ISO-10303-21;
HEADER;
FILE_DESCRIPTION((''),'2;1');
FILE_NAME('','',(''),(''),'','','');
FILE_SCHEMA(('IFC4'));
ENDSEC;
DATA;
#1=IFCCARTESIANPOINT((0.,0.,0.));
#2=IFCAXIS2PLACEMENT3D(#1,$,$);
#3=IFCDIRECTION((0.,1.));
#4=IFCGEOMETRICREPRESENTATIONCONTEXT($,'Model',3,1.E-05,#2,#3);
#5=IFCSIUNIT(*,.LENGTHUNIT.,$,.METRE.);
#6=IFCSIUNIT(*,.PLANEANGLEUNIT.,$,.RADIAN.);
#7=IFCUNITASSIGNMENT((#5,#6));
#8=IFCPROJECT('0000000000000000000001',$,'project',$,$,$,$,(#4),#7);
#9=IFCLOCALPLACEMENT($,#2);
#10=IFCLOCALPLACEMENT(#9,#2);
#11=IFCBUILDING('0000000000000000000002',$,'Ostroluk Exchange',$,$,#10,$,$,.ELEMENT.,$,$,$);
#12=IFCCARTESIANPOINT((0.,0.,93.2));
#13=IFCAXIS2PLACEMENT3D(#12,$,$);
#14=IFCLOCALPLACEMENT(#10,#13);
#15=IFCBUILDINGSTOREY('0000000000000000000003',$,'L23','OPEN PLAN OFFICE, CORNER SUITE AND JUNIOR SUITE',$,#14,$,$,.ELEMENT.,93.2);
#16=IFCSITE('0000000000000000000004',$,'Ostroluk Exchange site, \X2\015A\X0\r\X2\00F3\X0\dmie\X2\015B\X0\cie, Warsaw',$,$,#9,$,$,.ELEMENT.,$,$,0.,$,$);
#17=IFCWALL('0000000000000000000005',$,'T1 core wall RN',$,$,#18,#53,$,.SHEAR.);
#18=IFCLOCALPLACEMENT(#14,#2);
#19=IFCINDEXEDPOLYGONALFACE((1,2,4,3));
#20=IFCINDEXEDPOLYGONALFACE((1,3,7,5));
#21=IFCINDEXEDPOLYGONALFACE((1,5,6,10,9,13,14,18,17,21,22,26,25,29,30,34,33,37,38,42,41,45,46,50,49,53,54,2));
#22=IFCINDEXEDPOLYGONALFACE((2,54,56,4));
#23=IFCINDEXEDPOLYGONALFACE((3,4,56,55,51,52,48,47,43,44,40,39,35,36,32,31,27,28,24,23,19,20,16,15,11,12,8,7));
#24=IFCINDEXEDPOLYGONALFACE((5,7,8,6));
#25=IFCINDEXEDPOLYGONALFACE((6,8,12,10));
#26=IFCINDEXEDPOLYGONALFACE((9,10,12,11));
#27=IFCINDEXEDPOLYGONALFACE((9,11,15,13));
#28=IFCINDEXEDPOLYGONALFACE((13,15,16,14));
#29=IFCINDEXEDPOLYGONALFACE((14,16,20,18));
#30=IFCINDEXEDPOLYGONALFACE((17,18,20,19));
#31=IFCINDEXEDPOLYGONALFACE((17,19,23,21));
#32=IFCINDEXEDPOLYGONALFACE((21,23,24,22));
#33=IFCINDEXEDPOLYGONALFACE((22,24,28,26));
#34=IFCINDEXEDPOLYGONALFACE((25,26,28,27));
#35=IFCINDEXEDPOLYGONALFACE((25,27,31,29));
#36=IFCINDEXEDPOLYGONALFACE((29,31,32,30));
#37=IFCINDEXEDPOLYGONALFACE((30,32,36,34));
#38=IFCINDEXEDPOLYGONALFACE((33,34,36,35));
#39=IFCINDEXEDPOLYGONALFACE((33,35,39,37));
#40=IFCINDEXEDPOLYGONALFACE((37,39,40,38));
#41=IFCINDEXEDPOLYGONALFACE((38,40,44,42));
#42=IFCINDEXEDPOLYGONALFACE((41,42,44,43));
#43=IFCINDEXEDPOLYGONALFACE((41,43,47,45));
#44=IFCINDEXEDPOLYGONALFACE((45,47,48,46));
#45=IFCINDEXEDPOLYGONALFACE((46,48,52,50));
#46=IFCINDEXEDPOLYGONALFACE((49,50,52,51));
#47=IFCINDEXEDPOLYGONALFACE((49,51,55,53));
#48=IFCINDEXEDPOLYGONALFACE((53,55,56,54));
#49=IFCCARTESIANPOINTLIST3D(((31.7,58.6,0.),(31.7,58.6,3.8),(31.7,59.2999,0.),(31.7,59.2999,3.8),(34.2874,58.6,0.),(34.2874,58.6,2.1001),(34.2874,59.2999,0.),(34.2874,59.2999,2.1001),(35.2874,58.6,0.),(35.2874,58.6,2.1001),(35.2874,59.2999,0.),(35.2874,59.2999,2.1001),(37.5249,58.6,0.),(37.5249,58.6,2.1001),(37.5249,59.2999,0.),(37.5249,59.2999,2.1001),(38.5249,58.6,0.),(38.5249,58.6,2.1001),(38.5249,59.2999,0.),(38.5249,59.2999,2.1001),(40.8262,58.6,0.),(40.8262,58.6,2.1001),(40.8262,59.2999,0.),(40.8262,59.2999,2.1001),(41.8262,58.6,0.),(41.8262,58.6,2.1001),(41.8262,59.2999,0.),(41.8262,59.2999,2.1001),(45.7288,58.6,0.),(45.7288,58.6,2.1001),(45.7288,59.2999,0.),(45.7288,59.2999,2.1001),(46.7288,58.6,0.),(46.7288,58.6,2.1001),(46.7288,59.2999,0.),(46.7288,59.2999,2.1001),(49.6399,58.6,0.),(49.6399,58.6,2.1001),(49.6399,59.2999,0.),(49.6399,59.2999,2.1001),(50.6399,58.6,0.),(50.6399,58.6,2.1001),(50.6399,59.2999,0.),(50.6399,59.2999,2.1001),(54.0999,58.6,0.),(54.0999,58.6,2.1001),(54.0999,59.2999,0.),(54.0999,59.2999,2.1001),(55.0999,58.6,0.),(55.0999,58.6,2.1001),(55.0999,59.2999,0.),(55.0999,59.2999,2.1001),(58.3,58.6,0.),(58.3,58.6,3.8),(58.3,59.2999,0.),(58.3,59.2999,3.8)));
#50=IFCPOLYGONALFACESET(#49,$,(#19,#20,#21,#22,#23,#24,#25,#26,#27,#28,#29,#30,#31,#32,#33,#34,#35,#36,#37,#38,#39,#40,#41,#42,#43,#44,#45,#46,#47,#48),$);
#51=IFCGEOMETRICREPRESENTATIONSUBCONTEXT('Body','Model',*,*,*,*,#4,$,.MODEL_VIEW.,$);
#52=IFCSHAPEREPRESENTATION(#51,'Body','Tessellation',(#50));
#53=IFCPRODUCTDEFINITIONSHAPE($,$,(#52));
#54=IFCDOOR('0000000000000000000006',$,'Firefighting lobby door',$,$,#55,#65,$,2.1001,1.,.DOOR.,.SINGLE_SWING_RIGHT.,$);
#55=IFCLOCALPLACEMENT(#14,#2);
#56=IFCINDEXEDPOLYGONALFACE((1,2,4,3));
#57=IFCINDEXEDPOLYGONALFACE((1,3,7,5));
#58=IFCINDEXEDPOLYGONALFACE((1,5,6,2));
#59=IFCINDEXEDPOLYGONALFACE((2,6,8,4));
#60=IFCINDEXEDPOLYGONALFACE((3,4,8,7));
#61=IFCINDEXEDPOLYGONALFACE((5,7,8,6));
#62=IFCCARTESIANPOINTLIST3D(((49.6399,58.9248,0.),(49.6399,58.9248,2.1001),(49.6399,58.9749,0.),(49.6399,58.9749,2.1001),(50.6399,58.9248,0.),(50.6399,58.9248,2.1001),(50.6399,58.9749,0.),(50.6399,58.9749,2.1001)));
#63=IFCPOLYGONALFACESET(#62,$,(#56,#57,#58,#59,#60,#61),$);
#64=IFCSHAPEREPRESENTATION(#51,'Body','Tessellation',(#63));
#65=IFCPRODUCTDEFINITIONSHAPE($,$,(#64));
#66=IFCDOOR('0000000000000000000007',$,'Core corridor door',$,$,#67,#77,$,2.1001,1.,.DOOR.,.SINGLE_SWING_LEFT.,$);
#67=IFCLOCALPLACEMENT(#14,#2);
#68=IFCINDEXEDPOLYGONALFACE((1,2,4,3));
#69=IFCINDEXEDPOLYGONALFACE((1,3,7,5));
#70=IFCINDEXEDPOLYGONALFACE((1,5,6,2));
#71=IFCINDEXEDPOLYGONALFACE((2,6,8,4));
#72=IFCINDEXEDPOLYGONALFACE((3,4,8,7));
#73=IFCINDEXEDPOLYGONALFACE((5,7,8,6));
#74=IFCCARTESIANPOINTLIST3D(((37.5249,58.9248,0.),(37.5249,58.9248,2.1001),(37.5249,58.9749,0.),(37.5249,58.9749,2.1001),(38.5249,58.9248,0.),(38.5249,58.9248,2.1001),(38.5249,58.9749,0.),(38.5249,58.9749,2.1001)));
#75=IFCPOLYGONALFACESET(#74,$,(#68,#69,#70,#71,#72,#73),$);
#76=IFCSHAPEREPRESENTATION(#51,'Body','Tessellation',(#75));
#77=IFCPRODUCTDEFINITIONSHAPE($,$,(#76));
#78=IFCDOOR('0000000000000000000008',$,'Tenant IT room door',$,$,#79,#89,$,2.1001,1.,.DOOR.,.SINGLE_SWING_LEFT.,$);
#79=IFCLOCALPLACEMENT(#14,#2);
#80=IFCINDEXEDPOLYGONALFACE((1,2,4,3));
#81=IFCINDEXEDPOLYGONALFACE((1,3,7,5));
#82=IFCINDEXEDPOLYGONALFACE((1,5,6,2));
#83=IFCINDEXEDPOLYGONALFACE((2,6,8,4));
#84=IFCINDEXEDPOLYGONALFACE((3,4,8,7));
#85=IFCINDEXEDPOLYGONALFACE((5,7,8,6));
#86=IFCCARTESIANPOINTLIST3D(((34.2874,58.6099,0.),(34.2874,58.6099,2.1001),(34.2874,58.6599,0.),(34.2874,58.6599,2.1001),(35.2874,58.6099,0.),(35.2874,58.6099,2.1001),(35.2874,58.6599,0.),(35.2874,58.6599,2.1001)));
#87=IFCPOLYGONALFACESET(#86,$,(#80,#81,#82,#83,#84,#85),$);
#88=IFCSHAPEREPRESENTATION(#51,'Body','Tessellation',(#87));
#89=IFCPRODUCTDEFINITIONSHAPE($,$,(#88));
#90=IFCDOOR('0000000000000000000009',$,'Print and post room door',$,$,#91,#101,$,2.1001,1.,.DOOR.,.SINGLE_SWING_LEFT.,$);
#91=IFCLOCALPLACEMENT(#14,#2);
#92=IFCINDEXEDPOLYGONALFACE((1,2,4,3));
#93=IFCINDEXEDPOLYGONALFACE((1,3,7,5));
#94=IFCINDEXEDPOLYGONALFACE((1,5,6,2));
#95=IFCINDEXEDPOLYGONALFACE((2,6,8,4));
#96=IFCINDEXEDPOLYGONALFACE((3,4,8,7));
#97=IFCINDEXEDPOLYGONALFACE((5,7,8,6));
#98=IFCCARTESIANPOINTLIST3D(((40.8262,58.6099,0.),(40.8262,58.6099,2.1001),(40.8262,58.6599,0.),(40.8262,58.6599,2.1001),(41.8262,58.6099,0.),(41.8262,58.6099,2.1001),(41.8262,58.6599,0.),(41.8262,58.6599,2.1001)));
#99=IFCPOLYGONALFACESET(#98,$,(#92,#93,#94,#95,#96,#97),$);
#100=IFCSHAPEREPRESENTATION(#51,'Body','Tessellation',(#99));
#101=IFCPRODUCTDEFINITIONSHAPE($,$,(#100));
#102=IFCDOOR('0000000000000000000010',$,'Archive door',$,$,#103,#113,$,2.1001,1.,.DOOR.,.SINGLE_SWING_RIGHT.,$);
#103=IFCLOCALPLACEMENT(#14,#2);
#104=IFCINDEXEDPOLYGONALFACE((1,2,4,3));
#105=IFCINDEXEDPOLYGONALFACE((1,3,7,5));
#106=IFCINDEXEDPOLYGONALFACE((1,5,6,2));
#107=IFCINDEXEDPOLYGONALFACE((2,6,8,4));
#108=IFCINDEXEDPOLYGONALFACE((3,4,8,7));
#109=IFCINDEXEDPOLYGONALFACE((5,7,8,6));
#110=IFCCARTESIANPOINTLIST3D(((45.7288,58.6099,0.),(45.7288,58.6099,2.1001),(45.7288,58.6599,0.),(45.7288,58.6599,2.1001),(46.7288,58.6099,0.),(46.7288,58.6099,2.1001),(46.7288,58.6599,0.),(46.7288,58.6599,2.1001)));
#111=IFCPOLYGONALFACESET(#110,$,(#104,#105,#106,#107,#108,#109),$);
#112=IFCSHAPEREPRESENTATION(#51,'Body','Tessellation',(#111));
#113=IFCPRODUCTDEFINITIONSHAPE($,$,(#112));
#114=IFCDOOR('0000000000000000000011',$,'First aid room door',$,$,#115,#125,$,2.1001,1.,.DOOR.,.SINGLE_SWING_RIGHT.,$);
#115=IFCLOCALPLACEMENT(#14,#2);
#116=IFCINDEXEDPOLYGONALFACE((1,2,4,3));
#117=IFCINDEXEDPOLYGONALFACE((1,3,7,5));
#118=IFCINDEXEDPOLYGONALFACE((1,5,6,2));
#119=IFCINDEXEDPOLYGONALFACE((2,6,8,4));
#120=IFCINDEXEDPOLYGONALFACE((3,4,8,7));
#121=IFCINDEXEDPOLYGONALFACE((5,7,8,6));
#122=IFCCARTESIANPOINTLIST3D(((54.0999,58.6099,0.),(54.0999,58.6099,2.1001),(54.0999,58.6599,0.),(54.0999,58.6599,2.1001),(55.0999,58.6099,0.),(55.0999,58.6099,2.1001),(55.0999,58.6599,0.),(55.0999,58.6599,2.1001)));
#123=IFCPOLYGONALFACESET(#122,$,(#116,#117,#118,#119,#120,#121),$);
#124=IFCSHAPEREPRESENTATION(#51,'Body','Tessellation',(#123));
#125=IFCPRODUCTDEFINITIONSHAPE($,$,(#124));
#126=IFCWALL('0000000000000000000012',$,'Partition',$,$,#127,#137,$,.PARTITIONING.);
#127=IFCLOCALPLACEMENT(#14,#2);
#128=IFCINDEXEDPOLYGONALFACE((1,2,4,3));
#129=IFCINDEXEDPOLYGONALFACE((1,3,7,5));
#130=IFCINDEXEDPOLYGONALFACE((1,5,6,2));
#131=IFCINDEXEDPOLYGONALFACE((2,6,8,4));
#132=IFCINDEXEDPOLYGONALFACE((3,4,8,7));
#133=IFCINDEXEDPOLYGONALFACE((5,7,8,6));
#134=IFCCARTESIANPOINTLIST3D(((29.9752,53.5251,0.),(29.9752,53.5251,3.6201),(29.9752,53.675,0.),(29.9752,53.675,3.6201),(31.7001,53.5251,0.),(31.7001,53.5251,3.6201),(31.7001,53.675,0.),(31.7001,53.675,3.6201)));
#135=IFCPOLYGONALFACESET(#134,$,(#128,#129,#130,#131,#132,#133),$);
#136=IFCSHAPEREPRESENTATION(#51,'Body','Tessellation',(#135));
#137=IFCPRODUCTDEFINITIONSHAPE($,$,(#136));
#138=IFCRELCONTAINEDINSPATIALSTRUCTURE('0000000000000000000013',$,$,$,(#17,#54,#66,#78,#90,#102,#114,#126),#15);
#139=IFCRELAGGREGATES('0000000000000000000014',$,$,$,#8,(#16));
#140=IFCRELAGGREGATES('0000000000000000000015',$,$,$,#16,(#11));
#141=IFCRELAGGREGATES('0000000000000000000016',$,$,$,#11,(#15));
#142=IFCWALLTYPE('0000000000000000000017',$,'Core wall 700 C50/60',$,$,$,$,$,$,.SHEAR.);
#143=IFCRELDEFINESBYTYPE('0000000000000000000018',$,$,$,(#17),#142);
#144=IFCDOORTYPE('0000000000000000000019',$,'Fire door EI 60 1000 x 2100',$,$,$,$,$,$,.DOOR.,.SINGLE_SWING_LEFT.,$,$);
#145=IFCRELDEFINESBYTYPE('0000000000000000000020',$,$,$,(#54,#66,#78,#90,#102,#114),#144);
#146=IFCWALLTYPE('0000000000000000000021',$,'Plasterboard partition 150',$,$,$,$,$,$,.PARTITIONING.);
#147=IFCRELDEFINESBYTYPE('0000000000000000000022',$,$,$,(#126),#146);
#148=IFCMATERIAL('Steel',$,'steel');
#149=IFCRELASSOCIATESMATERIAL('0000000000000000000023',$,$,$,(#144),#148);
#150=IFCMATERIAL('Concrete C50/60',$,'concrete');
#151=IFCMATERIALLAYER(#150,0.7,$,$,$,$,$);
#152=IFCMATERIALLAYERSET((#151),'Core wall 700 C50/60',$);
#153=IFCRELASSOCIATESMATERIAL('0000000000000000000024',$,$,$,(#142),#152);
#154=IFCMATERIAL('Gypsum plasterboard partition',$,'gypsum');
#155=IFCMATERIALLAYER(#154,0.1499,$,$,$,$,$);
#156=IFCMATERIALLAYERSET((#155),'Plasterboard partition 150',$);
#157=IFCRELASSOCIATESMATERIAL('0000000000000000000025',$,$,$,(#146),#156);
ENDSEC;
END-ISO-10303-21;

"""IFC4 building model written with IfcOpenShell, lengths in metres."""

from ifc_helpers import new_model, si_unit, direction, frame, frame_2d, origin, place, context, subcontext, project, spatial, rectangle, extrude, material, layer, layer_set, type_object, element, fill, save


model = new_model("IFC4")

# Units and contexts
model_context = context("Model", 3, precision=1e-05, world=origin(), true_north=direction((0.0, 1.0)))
body_context = subcontext(model_context, "Body", "Model", "MODEL_VIEW")
ifc_project = project(units=[si_unit("LENGTHUNIT", "METRE"), si_unit("PLANEANGLEUNIT", "RADIAN")], contexts=[model_context])

# Site, building, storey
site_placement = place(None, origin())
site = spatial("IfcSite", under=ifc_project, at=site_placement, Name="Ostroluk Exchange site, Śródmieście, Warsaw", CompositionType="ELEMENT", RefElevation=0.0)
building_placement = place(site_placement, origin())
building = spatial("IfcBuilding", under=site, at=building_placement, Name="Ostroluk Exchange", CompositionType="ELEMENT")
storey_placement = place(building_placement, frame((0.0, 0.0, 93.2)))
storey = spatial("IfcBuildingStorey", under=building, at=storey_placement, Name="L23", Description="OPEN PLAN OFFICE, CORNER SUITE AND JUNIOR SUITE", CompositionType="ELEMENT", Elevation=93.2)

# Wall, openings, doors
ifc_material_1 = material(Name="Steel", Category="steel")
door_type = type_object("IfcDoorType", Name="Fire door EI 60 1000 x 2100", OperationType="SINGLE_SWING_LEFT", PredefinedType="DOOR", material=ifc_material_1)
ifc_material_2 = material(Name="Concrete C50/60", Category="concrete")
ifc_layer_1 = layer(ifc_material_2, 0.7)
ifc_layer_set_1 = layer_set([ifc_layer_1], Name="Core wall 700 C50/60")
wall_type_1 = type_object("IfcWallType", Name="Core wall 700 C50/60", PredefinedType="SHEAR", material=ifc_layer_set_1)
wall_1_placement = place(storey_placement, frame((31.7, 58.95, 0.0), z_axis=(0.0, 0.0, 1.0), x_axis=(1.0, 0.0, 0.0)))
wall_1 = element("IfcWall", 1, at=wall_1_placement, inside=storey, type_object=wall_type_1, Name="T1 core wall RN", PredefinedType="SHEAR", context=body_context, shape_type="SweptSolid", body=[
    extrude(rectangle(XDim=26.6001, YDim=0.7, at=frame_2d((13.3, 0.0))), origin(), (0.0, 0.0, 1.0), 3.8),
])
opening_1_placement = place(wall_1_placement, frame((17.9399, 0.0, 0.0)))
opening_1 = element("IfcOpeningElement", 2, at=opening_1_placement, cuts=wall_1, PredefinedType="OPENING", context=body_context, shape_type="SweptSolid", body=[
    extrude(rectangle(XDim=1.0, YDim=2.1001, at=frame_2d((0.5, 1.05))), frame((0.0, 0.3599, 0.0), z_axis=(0.0, -1.0, 0.0), x_axis=(1.0, 0.0, 0.0)), (0.0, 0.0, 1.0), 0.72),
])
opening_2_placement = place(wall_1_placement, frame((5.825, 0.0, 0.0)))
opening_2 = element("IfcOpeningElement", 3, at=opening_2_placement, cuts=wall_1, PredefinedType="OPENING", context=body_context, shape_type="SweptSolid", body=[
    extrude(rectangle(XDim=1.0, YDim=2.1001, at=frame_2d((0.5, 1.05))), frame((0.0, 0.3599, 0.0), z_axis=(0.0, -1.0, 0.0), x_axis=(1.0, 0.0, 0.0)), (0.0, 0.0, 1.0), 0.72),
])
opening_3_placement = place(wall_1_placement, frame((2.5874, 0.0, 0.0)))
opening_3 = element("IfcOpeningElement", 4, at=opening_3_placement, cuts=wall_1, PredefinedType="OPENING", context=body_context, shape_type="SweptSolid", body=[
    extrude(rectangle(XDim=1.0, YDim=2.1001, at=frame_2d((0.5, 1.05))), frame((0.0, 0.3599, 0.0), z_axis=(0.0, -1.0, 0.0), x_axis=(1.0, 0.0, 0.0)), (0.0, 0.0, 1.0), 0.72),
])
opening_4_placement = place(wall_1_placement, frame((9.1262, 0.0, 0.0)))
opening_4 = element("IfcOpeningElement", 5, at=opening_4_placement, cuts=wall_1, PredefinedType="OPENING", context=body_context, shape_type="SweptSolid", body=[
    extrude(rectangle(XDim=1.0, YDim=2.1001, at=frame_2d((0.5, 1.05))), frame((0.0, 0.3599, 0.0), z_axis=(0.0, -1.0, 0.0), x_axis=(1.0, 0.0, 0.0)), (0.0, 0.0, 1.0), 0.72),
])
opening_5_placement = place(wall_1_placement, frame((14.0288, 0.0, 0.0)))
opening_5 = element("IfcOpeningElement", 6, at=opening_5_placement, cuts=wall_1, PredefinedType="OPENING", context=body_context, shape_type="SweptSolid", body=[
    extrude(rectangle(XDim=1.0, YDim=2.1001, at=frame_2d((0.5, 1.05))), frame((0.0, 0.3599, 0.0), z_axis=(0.0, -1.0, 0.0), x_axis=(1.0, 0.0, 0.0)), (0.0, 0.0, 1.0), 0.72),
])
opening_6_placement = place(wall_1_placement, frame((22.3999, 0.0, 0.0)))
opening_6 = element("IfcOpeningElement", 7, at=opening_6_placement, cuts=wall_1, PredefinedType="OPENING", context=body_context, shape_type="SweptSolid", body=[
    extrude(rectangle(XDim=1.0, YDim=2.1001, at=frame_2d((0.5, 1.05))), frame((0.0, 0.3599, 0.0), z_axis=(0.0, -1.0, 0.0), x_axis=(1.0, 0.0, 0.0)), (0.0, 0.0, 1.0), 0.72),
])
door_1_placement = place(opening_1_placement, origin())
door_1 = element("IfcDoor", 8, at=door_1_placement, inside=storey, type_object=door_type, Name="Firefighting lobby door", OperationType="SINGLE_SWING_RIGHT", OverallHeight=2.1001, OverallWidth=1.0, PredefinedType="DOOR", context=body_context, shape_type="SweptSolid", body=[
    extrude(rectangle(XDim=1.0, YDim=2.1001, at=frame_2d((0.5, 1.05))), frame((0.0, 0.0249, 0.0), z_axis=(0.0, -1.0, 0.0), x_axis=(1.0, 0.0, 0.0)), (0.0, 0.0, 1.0), 0.05),
])
fill(opening_1, door_1)
door_2_placement = place(opening_2_placement, origin())
door_2 = element("IfcDoor", 9, at=door_2_placement, inside=storey, type_object=door_type, Name="Core corridor door", OperationType="SINGLE_SWING_LEFT", OverallHeight=2.1001, OverallWidth=1.0, PredefinedType="DOOR", context=body_context, shape_type="SweptSolid", body=[
    extrude(rectangle(XDim=1.0, YDim=2.1001, at=frame_2d((0.5, 1.05))), frame((0.0, 0.0249, 0.0), z_axis=(0.0, -1.0, 0.0), x_axis=(1.0, 0.0, 0.0)), (0.0, 0.0, 1.0), 0.05),
])
fill(opening_2, door_2)
door_3_placement = place(opening_3_placement, origin())
door_3 = element("IfcDoor", 10, at=door_3_placement, inside=storey, type_object=door_type, Name="Tenant IT room door", OperationType="SINGLE_SWING_LEFT", OverallHeight=2.1001, OverallWidth=1.0, PredefinedType="DOOR", context=body_context, shape_type="SweptSolid", body=[
    extrude(rectangle(XDim=1.0, YDim=2.1001, at=frame_2d((0.5, 1.05))), frame((0.0, -0.29, 0.0), z_axis=(0.0, -1.0, 0.0), x_axis=(1.0, 0.0, 0.0)), (0.0, 0.0, 1.0), 0.05),
])
fill(opening_3, door_3)
door_4_placement = place(opening_4_placement, origin())
door_4 = element("IfcDoor", 11, at=door_4_placement, inside=storey, type_object=door_type, Name="Print and post room door", OperationType="SINGLE_SWING_LEFT", OverallHeight=2.1001, OverallWidth=1.0, PredefinedType="DOOR", context=body_context, shape_type="SweptSolid", body=[
    extrude(rectangle(XDim=1.0, YDim=2.1001, at=frame_2d((0.5, 1.05))), frame((0.0, -0.29, 0.0), z_axis=(0.0, -1.0, 0.0), x_axis=(1.0, 0.0, 0.0)), (0.0, 0.0, 1.0), 0.05),
])
fill(opening_4, door_4)
door_5_placement = place(opening_5_placement, origin())
door_5 = element("IfcDoor", 12, at=door_5_placement, inside=storey, type_object=door_type, Name="Archive door", OperationType="SINGLE_SWING_RIGHT", OverallHeight=2.1001, OverallWidth=1.0, PredefinedType="DOOR", context=body_context, shape_type="SweptSolid", body=[
    extrude(rectangle(XDim=1.0, YDim=2.1001, at=frame_2d((0.5, 1.05))), frame((0.0, -0.29, 0.0), z_axis=(0.0, -1.0, 0.0), x_axis=(1.0, 0.0, 0.0)), (0.0, 0.0, 1.0), 0.05),
])
fill(opening_5, door_5)
door_6_placement = place(opening_6_placement, origin())
door_6 = element("IfcDoor", 13, at=door_6_placement, inside=storey, type_object=door_type, Name="First aid room door", OperationType="SINGLE_SWING_RIGHT", OverallHeight=2.1001, OverallWidth=1.0, PredefinedType="DOOR", context=body_context, shape_type="SweptSolid", body=[
    extrude(rectangle(XDim=1.0, YDim=2.1001, at=frame_2d((0.5, 1.05))), frame((0.0, -0.29, 0.0), z_axis=(0.0, -1.0, 0.0), x_axis=(1.0, 0.0, 0.0)), (0.0, 0.0, 1.0), 0.05),
])
fill(opening_6, door_6)

# Wall
ifc_material_3 = material(Name="Gypsum plasterboard partition", Category="gypsum")
ifc_layer_2 = layer(ifc_material_3, 0.1499)
ifc_layer_set_2 = layer_set([ifc_layer_2], Name="Plasterboard partition 150")
wall_type_2 = type_object("IfcWallType", Name="Plasterboard partition 150", PredefinedType="PARTITIONING", material=ifc_layer_set_2)
wall_2_placement = place(storey_placement, frame((31.7, 53.6001, 0.0), z_axis=(0.0, 0.0, 1.0), x_axis=(-1.0, 0.0, 0.0)))
element("IfcWall", 14, at=wall_2_placement, inside=storey, type_object=wall_type_2, Name="Partition", PredefinedType="PARTITIONING", context=body_context, shape_type="SweptSolid", body=[
    extrude(rectangle(XDim=1.7249, YDim=0.1499, at=frame_2d((0.8623, 0.0))), origin(), (0.0, 0.0, 1.0), 3.6201),
])

save(model, "model.ifc")
